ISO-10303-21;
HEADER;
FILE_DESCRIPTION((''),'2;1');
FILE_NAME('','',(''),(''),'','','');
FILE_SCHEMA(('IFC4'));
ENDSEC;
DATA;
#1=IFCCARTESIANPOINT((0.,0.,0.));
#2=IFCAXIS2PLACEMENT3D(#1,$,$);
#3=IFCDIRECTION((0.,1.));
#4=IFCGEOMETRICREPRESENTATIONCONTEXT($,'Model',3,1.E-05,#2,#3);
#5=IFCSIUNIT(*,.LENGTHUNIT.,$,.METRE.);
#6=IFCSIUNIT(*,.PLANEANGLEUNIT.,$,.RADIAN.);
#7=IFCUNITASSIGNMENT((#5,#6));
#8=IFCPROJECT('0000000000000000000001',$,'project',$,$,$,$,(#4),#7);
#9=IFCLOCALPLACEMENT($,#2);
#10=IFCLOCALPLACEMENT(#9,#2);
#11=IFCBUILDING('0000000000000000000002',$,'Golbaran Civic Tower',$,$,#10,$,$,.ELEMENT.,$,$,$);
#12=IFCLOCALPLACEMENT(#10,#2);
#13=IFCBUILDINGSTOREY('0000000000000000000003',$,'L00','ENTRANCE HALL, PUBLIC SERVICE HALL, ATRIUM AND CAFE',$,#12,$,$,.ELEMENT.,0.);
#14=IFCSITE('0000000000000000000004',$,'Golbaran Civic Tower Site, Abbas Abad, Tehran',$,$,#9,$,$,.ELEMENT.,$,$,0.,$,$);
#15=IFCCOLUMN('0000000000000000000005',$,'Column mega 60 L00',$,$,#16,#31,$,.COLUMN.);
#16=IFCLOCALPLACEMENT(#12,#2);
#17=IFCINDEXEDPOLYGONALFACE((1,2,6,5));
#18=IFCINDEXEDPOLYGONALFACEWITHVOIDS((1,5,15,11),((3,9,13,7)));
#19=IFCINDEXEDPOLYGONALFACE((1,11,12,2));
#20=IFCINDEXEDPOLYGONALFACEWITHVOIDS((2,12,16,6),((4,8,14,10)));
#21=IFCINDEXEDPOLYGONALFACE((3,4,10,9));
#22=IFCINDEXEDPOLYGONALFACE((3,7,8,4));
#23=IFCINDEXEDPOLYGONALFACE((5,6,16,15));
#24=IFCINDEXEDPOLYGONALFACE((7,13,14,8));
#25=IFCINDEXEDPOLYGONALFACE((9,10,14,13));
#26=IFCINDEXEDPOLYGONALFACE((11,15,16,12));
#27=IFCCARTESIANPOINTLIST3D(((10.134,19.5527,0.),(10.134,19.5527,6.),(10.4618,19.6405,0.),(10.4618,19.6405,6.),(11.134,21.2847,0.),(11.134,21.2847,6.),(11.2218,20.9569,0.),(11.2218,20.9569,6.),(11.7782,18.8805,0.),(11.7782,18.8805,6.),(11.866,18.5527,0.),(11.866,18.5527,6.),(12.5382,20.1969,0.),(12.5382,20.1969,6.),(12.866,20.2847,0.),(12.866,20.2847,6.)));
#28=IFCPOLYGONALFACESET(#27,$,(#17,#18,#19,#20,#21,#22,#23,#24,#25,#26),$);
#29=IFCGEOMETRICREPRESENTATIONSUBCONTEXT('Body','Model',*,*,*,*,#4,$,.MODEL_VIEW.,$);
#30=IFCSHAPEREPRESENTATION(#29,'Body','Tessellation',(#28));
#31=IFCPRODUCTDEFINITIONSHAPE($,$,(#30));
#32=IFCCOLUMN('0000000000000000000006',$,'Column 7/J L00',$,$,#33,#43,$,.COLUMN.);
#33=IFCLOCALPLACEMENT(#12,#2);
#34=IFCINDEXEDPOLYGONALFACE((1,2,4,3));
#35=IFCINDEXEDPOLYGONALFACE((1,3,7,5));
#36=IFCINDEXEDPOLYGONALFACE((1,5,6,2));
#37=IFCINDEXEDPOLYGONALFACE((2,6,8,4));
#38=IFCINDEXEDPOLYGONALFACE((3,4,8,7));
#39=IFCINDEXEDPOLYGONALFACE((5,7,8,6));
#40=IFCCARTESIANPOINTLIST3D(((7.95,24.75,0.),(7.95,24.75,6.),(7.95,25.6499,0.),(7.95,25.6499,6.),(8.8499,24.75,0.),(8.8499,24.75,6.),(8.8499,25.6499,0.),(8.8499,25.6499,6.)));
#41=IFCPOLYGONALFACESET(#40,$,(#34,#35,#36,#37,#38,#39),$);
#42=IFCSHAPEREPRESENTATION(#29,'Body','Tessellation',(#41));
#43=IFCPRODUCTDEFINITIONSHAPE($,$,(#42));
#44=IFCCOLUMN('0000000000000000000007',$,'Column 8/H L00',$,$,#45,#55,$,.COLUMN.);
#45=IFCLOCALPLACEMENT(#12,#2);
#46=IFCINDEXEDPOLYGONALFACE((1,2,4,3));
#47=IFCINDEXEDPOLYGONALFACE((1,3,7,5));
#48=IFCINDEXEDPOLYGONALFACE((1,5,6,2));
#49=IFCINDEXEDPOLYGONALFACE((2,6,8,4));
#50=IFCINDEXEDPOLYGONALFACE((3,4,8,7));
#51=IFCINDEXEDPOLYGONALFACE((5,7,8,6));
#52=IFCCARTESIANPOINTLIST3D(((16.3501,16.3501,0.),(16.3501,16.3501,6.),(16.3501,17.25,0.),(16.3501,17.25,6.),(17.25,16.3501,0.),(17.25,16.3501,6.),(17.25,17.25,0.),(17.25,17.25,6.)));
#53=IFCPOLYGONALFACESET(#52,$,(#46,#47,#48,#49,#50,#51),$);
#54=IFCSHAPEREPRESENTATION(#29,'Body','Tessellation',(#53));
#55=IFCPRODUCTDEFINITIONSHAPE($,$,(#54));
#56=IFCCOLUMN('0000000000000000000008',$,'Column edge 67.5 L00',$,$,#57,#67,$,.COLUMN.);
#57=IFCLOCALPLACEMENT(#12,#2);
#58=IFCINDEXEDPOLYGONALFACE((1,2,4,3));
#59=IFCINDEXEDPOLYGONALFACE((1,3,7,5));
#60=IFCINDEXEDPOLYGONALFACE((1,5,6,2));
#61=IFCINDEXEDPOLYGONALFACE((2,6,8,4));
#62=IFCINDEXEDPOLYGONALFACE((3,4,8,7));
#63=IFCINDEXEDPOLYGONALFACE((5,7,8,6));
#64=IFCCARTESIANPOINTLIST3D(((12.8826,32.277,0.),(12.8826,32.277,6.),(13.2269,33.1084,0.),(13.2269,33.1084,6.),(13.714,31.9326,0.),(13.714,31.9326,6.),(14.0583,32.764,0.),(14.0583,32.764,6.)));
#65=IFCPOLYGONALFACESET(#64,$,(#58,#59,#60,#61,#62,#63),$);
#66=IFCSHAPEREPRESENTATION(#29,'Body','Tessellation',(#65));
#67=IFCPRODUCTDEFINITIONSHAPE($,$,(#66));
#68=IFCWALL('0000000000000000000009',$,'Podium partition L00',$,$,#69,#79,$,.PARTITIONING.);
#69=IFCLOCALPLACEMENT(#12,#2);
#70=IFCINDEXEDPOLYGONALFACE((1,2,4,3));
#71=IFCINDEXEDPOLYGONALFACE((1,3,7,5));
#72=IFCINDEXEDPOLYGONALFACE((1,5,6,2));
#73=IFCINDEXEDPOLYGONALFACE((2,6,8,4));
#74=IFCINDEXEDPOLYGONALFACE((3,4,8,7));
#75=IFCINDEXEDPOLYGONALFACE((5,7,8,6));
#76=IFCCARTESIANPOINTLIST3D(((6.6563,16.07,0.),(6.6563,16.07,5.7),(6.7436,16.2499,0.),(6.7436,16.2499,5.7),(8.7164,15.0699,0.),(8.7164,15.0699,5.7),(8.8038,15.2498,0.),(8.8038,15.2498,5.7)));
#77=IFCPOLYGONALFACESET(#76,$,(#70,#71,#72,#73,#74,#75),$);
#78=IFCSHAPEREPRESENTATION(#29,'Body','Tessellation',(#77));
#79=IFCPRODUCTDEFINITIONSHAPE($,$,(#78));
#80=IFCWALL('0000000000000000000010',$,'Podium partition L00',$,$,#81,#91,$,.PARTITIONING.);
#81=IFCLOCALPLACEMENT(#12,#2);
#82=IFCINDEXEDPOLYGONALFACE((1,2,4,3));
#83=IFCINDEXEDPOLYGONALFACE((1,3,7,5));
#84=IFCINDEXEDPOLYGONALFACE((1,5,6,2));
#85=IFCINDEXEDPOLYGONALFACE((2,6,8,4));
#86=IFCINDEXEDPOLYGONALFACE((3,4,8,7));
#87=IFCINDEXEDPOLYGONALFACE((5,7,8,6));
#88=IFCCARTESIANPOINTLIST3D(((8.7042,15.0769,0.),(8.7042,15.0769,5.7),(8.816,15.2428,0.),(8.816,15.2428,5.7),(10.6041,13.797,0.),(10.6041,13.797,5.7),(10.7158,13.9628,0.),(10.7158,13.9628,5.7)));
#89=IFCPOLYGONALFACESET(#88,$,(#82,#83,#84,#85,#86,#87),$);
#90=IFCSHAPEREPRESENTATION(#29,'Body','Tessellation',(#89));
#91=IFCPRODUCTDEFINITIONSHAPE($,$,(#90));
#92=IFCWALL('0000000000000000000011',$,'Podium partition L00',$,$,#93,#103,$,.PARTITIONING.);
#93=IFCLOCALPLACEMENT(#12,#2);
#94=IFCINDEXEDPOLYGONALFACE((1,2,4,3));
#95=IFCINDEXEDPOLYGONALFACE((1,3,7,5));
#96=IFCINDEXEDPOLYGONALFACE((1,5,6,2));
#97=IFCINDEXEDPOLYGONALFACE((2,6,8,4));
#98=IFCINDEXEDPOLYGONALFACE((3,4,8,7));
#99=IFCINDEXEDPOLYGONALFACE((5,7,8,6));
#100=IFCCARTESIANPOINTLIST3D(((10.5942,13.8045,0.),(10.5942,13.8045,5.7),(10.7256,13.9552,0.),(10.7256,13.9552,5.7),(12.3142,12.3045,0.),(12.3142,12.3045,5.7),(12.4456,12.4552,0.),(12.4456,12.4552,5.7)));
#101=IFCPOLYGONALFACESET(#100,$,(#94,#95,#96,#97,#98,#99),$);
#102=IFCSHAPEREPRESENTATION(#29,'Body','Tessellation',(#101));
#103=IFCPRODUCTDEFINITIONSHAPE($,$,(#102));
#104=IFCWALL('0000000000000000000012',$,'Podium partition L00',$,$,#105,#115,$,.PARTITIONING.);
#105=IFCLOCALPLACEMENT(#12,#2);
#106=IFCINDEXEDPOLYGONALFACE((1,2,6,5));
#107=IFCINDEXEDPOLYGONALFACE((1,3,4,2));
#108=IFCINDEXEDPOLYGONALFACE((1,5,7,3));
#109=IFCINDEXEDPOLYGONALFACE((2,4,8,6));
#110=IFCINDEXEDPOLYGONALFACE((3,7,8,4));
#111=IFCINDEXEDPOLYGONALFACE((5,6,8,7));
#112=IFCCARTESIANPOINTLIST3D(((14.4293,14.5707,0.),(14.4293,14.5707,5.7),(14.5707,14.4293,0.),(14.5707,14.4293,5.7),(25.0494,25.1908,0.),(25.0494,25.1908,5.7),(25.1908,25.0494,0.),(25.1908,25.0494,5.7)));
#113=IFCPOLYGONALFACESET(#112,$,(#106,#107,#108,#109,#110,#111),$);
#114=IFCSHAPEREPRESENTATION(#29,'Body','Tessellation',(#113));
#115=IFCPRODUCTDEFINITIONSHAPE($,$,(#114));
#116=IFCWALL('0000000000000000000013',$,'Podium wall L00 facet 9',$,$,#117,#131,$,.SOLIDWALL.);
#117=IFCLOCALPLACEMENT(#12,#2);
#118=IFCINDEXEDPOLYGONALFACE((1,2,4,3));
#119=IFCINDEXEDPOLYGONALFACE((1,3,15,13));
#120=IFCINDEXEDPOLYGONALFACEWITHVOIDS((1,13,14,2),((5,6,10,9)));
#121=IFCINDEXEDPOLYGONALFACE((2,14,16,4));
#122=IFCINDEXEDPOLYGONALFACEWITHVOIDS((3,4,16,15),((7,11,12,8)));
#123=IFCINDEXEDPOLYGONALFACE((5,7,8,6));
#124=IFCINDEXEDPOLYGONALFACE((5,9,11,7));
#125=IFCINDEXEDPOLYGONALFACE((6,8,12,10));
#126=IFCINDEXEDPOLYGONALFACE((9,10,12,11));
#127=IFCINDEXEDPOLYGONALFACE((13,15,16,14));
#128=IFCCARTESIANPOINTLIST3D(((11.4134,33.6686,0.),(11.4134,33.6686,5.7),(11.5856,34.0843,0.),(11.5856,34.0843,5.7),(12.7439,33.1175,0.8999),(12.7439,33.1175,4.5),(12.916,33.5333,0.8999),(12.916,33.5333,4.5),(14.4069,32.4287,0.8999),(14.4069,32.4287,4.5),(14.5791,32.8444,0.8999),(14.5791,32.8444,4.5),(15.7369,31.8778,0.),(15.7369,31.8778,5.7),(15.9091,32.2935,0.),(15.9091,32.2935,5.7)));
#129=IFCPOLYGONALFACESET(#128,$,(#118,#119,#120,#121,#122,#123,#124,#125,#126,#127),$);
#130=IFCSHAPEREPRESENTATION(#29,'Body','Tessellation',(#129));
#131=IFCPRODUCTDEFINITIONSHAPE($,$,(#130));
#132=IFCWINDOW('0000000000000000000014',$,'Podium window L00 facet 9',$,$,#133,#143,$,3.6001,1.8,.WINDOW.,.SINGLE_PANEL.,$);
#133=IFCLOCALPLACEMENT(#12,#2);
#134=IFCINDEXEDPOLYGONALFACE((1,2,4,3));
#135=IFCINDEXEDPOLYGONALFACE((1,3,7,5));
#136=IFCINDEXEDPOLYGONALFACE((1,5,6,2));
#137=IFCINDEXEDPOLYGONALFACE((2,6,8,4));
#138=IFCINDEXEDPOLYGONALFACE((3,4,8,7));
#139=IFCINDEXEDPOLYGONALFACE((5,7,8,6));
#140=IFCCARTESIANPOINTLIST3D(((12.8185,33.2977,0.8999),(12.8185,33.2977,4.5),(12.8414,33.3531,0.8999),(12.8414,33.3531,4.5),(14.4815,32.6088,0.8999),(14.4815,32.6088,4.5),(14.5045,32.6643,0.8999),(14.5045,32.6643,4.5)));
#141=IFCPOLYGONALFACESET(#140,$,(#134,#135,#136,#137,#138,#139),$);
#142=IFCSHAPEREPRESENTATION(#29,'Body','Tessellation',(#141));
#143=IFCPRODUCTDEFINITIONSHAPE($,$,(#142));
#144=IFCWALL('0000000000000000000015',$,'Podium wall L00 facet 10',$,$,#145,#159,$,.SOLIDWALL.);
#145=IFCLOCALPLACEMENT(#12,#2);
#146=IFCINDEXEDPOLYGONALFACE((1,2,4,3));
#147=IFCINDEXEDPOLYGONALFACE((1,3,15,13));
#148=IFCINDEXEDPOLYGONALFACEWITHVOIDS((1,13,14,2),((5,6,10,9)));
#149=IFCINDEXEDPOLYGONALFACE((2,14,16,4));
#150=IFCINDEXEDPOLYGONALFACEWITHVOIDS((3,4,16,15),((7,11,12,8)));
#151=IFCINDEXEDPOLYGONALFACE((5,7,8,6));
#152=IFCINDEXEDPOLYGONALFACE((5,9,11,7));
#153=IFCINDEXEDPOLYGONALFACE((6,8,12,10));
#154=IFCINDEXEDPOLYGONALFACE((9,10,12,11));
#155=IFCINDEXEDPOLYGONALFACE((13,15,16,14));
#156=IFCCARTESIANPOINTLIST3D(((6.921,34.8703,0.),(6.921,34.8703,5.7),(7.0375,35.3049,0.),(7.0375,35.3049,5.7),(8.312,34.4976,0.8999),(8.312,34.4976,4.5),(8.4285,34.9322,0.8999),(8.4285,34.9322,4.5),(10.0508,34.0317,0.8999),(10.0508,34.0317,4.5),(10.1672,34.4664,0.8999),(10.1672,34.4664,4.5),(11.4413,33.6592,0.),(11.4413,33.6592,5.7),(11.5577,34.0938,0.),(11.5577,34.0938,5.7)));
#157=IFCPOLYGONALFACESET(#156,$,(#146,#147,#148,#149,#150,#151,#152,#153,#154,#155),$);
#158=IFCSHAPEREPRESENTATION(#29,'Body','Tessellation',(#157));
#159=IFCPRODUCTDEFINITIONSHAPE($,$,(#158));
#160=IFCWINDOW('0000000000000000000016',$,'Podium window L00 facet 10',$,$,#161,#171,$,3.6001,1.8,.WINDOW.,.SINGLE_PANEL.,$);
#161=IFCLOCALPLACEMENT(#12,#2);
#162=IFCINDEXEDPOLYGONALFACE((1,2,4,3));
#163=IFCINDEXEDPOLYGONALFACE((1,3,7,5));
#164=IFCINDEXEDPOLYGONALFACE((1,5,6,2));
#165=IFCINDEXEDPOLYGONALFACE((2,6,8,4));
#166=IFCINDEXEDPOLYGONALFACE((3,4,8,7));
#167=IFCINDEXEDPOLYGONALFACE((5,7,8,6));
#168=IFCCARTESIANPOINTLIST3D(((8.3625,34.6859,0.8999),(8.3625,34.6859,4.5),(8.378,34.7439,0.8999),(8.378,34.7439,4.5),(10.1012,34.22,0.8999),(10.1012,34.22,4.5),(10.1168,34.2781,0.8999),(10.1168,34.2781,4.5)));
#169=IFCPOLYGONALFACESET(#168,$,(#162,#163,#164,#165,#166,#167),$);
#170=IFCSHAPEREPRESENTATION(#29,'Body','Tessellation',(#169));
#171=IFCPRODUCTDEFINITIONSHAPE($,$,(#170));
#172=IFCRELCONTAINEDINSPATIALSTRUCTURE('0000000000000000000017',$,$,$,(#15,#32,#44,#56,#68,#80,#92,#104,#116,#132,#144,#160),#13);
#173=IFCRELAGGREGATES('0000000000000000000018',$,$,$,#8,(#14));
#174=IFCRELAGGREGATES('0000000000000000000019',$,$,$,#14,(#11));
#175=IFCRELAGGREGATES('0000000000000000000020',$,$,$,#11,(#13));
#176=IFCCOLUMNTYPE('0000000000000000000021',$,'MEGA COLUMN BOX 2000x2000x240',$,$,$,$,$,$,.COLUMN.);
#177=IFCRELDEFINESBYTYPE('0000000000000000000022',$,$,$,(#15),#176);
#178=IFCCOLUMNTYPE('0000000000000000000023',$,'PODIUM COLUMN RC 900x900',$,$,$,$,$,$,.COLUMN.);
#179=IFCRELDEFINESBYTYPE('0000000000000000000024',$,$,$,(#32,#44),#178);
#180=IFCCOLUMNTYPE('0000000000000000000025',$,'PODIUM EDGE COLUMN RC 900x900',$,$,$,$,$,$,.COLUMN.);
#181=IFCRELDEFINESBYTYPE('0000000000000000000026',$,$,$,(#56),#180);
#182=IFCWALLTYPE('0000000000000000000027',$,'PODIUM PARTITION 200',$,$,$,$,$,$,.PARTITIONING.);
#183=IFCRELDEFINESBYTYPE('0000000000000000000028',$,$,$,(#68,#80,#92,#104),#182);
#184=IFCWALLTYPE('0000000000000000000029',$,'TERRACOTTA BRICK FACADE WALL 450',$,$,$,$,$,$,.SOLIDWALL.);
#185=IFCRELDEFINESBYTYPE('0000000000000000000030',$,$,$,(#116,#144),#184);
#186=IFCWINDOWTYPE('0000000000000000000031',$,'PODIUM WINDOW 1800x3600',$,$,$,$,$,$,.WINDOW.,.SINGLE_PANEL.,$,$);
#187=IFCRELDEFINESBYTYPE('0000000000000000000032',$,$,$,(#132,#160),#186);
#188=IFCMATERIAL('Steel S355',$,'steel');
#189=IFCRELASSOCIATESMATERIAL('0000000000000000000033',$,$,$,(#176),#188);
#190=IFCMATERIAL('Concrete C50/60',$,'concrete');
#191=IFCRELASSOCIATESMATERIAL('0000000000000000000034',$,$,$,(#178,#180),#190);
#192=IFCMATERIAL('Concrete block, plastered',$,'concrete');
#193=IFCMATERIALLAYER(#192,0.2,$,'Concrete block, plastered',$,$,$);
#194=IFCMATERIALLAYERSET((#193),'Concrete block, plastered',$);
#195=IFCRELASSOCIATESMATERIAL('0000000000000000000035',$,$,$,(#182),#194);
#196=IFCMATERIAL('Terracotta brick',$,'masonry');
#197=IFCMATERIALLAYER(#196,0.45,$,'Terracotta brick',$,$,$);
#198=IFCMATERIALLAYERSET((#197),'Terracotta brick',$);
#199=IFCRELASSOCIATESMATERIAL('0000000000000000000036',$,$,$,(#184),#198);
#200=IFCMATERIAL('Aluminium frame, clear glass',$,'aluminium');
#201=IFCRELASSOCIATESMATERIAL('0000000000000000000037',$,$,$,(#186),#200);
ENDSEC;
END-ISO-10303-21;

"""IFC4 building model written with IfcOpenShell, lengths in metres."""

from ifc_helpers import new_model, si_unit, direction, frame, frame_2d, origin, origin_2d, place, context, subcontext, project, spatial, rectangle, hollow_rectangle, extrude, material, layer, layer_set, material_profile, profile_set, type_object, element, fill, save


model = new_model("IFC4")

# Units and contexts
model_context = context("Model", 3, precision=1e-05, world=origin(), true_north=direction((0.0, 1.0)))
body_context = subcontext(model_context, "Body", "Model", "MODEL_VIEW")
ifc_project = project(units=[si_unit("LENGTHUNIT", "METRE"), si_unit("PLANEANGLEUNIT", "RADIAN")], contexts=[model_context])

# Site, building, storey
site_placement = place(None, origin())
site = spatial("IfcSite", under=ifc_project, at=site_placement, Name="Golbaran Civic Tower Site, Abbas Abad, Tehran", CompositionType="ELEMENT", RefElevation=0.0)
building_placement = place(site_placement, origin())
building = spatial("IfcBuilding", under=site, at=building_placement, Name="Golbaran Civic Tower", CompositionType="ELEMENT")
storey_placement = place(building_placement, origin())
storey = spatial("IfcBuildingStorey", under=building, at=storey_placement, Name="L00", Description="ENTRANCE HALL, PUBLIC SERVICE HALL, ATRIUM AND CAFE", CompositionType="ELEMENT", Elevation=0.0)

# Columns
ifc_material_1 = material(Name="Steel S355", Category="steel")
ifc_material_profile_1 = material_profile(ifc_material_1, hollow_rectangle(XDim=2.0, YDim=2.0, WallThickness=0.24, at=origin_2d()), Name="BOX 2000x2000x240")
ifc_profile_set_1 = profile_set([ifc_material_profile_1], Name="Steel S355")
column_type_1 = type_object("IfcColumnType", Name="MEGA COLUMN BOX 2000x2000x240", PredefinedType="COLUMN", material=ifc_profile_set_1)
column_1_placement = place(storey_placement, frame((11.5, 19.9187, 0.0), z_axis=(0.0, 0.0, 1.0), x_axis=(0.5, 0.866025, 0.0)))
element("IfcColumn", 1, at=column_1_placement, inside=storey, type_object=column_type_1, Name="Column mega 60 L00", PredefinedType="COLUMN", context=body_context, shape_type="SweptSolid", body=[
    extrude(hollow_rectangle(XDim=2.0, YDim=2.0, WallThickness=0.24, at=origin_2d()), origin(), (0.0, 0.0, 1.0), 6.0),
])
ifc_material_2 = material(Name="Concrete C50/60", Category="concrete")
ifc_material_profile_2 = material_profile(ifc_material_2, rectangle(XDim=0.8999, YDim=0.8999, at=origin_2d()), Name="RC 900x900")
ifc_profile_set_2 = profile_set([ifc_material_profile_2], Name="Concrete C50/60")
column_type_2 = type_object("IfcColumnType", Name="PODIUM COLUMN RC 900x900", PredefinedType="COLUMN", material=ifc_profile_set_2)
for number, where, z_axis, x_axis, name in (
    (2, (8.3999, 25.2, 0.0), (0.0, 0.0, 1.0), (1.0, 0.0, 0.0), "Column 7/J L00"),
    (3, (16.8, 16.8, 0.0), (0.0, 0.0, 1.0), (1.0, 0.0, 0.0), "Column 8/H L00"),
):
    element("IfcColumn", number, at=place(storey_placement, frame(where, z_axis=z_axis, x_axis=x_axis)), inside=storey, type_object=column_type_2, Name=name, PredefinedType="COLUMN", context=body_context, shape_type="SweptSolid", body=[
        extrude(rectangle(XDim=0.8999, YDim=0.8999, at=origin_2d()), origin(), (0.0, 0.0, 1.0), 6.0),
    ])
ifc_material_profile_3 = material_profile(ifc_material_2, rectangle(XDim=0.8999, YDim=0.8999, at=origin_2d()), Name="RC 900x900")
ifc_profile_set_3 = profile_set([ifc_material_profile_3], Name="Concrete C50/60")
column_type_3 = type_object("IfcColumnType", Name="PODIUM EDGE COLUMN RC 900x900", PredefinedType="COLUMN", material=ifc_profile_set_3)
column_2_placement = place(storey_placement, frame((13.4705, 32.5205, 0.0), z_axis=(0.0, 0.0, 1.0), x_axis=(0.382683, 0.92388, 0.0)))
element("IfcColumn", 4, at=column_2_placement, inside=storey, type_object=column_type_3, Name="Column edge 67.5 L00", PredefinedType="COLUMN", context=body_context, shape_type="SweptSolid", body=[
    extrude(rectangle(XDim=0.8999, YDim=0.8999, at=origin_2d()), origin(), (0.0, 0.0, 1.0), 6.0),
])

# Walls
ifc_material_3 = material(Name="Concrete block, plastered", Category="concrete")
ifc_layer_1 = layer(ifc_material_3, 0.2, Name="Concrete block, plastered")
ifc_layer_set_1 = layer_set([ifc_layer_1], Name="Concrete block, plastered")
wall_type_1 = type_object("IfcWallType", Name="PODIUM PARTITION 200", PredefinedType="PARTITIONING", material=ifc_layer_set_1)
wall_1_placement = place(storey_placement, frame((6.7, 16.1599, 0.0), z_axis=(0.0, 0.0, 1.0), x_axis=(0.899611, -0.436692, 0.0)))
element("IfcWall", 5, at=wall_1_placement, inside=storey, type_object=wall_type_1, Name="Podium partition L00", PredefinedType="PARTITIONING", context=body_context, shape_type="SweptSolid", body=[
    extrude(rectangle(XDim=2.29, YDim=0.2, at=frame_2d((1.145, 0.0))), origin(), (0.0, 0.0, 1.0), 5.7),
])
wall_2_placement = place(storey_placement, frame((8.76, 15.1599, 0.0), z_axis=(0.0, 0.0, 1.0), x_axis=(0.829335, -0.558751, 0.0)))
element("IfcWall", 6, at=wall_2_placement, inside=storey, type_object=wall_type_1, Name="Podium partition L00", PredefinedType="PARTITIONING", context=body_context, shape_type="SweptSolid", body=[
    extrude(rectangle(XDim=2.2908, YDim=0.2, at=frame_2d((1.1455, 0.0))), origin(), (0.0, 0.0, 1.0), 5.7),
])
wall_3_placement = place(storey_placement, frame((10.6599, 13.8799, 0.0), z_axis=(0.0, 0.0, 1.0), x_axis=(0.753656, -0.657269, 0.0)))
element("IfcWall", 7, at=wall_3_placement, inside=storey, type_object=wall_type_1, Name="Podium partition L00", PredefinedType="PARTITIONING", context=body_context, shape_type="SweptSolid", body=[
    extrude(rectangle(XDim=2.2822, YDim=0.2, at=frame_2d((1.1411, 0.0))), origin(), (0.0, 0.0, 1.0), 5.7),
])

# Wall
wall_4_placement = place(storey_placement, frame((14.5, 14.5, 0.0), z_axis=(0.0, 0.0, 1.0), x_axis=(0.707107, 0.707107, 0.0)))
element("IfcWall", 8, at=wall_4_placement, inside=storey, type_object=wall_type_1, Name="Podium partition L00", PredefinedType="PARTITIONING", context=body_context, shape_type="SweptSolid", body=[
    extrude(rectangle(XDim=15.019, YDim=0.2, at=frame_2d((7.5095, 0.0))), origin(), (0.0, 0.0, 1.0), 5.7),
])

# Walls, openings, windows
ifc_material_4 = material(Name="Terracotta brick", Category="masonry")
ifc_layer_2 = layer(ifc_material_4, 0.45, Name="Terracotta brick")
ifc_layer_set_2 = layer_set([ifc_layer_2], Name="Terracotta brick")
wall_type_2 = type_object("IfcWallType", Name="TERRACOTTA BRICK FACADE WALL 450", PredefinedType="SOLIDWALL", material=ifc_layer_set_2)
wall_5_placement = place(storey_placement, frame((15.823, 32.0857, 0.0), z_axis=(0.0, 0.0, 1.0), x_axis=(-0.923885, 0.38267, 0.0)))
wall_5 = element("IfcWall", 9, at=wall_5_placement, inside=storey, type_object=wall_type_2, Name="Podium wall L00 facet 9", PredefinedType="SOLIDWALL", context=body_context, shape_type="SweptSolid", body=[
    extrude(rectangle(XDim=4.6797, YDim=0.45, at=frame_2d((2.3398, 0.0))), origin(), (0.0, 0.0, 1.0), 5.7),
])
opening_1_placement = place(wall_5_placement, frame((1.4397, 0.0, 0.8999)))
opening_1 = element("IfcOpeningElement", 10, at=opening_1_placement, cuts=wall_5, PredefinedType="OPENING", context=body_context, shape_type="SweptSolid", body=[
    extrude(rectangle(XDim=1.8, YDim=3.6001, at=frame_2d((0.8999, 1.8))), frame((0.0, 0.2349, 0.0), z_axis=(0.0, -1.0, 0.0), x_axis=(1.0, 0.0, 0.0)), (0.0, 0.0, 1.0), 0.47),
])
ifc_material_5 = material(Name="Aluminium frame, clear glass", Category="aluminium")
window_type = type_object("IfcWindowType", Name="PODIUM WINDOW 1800x3600", PartitioningType="SINGLE_PANEL", PredefinedType="WINDOW", material=ifc_material_5)
window_1_placement = place(opening_1_placement, origin())
window_1 = element("IfcWindow", 11, at=window_1_placement, inside=storey, type_object=window_type, Name="Podium window L00 facet 9", OverallHeight=3.6001, OverallWidth=1.8, PartitioningType="SINGLE_PANEL", PredefinedType="WINDOW", context=body_context, shape_type="SweptSolid", body=[
    extrude(rectangle(XDim=1.8, YDim=3.6001, at=frame_2d((0.8999, 1.8))), frame((0.0, 0.03, 0.0), z_axis=(0.0, -1.0, 0.0), x_axis=(1.0, 0.0, 0.0)), (0.0, 0.0, 1.0), 0.0601),
])
fill(opening_1, window_1)
wall_6_placement = place(storey_placement, frame((11.4995, 33.8765, 0.0), z_axis=(0.0, 0.0, 1.0), x_axis=(-0.965927, 0.258815, 0.0)))
wall_6 = element("IfcWall", 12, at=wall_6_placement, inside=storey, type_object=wall_type_2, Name="Podium wall L00 facet 10", PredefinedType="SOLIDWALL", context=body_context, shape_type="SweptSolid", body=[
    extrude(rectangle(XDim=4.6797, YDim=0.45, at=frame_2d((2.3398, 0.0))), origin(), (0.0, 0.0, 1.0), 5.7),
])
opening_2_placement = place(wall_6_placement, frame((1.4397, 0.0, 0.8999)))
opening_2 = element("IfcOpeningElement", 13, at=opening_2_placement, cuts=wall_6, PredefinedType="OPENING", context=body_context, shape_type="SweptSolid", body=[
    extrude(rectangle(XDim=1.8, YDim=3.6001, at=frame_2d((0.8999, 1.8))), frame((0.0, 0.2349, 0.0), z_axis=(0.0, -1.0, 0.0), x_axis=(1.0, 0.0, 0.0)), (0.0, 0.0, 1.0), 0.47),
])
window_2_placement = place(opening_2_placement, origin())
window_2 = element("IfcWindow", 14, at=window_2_placement, inside=storey, type_object=window_type, Name="Podium window L00 facet 10", OverallHeight=3.6001, OverallWidth=1.8, PartitioningType="SINGLE_PANEL", PredefinedType="WINDOW", context=body_context, shape_type="SweptSolid", body=[
    extrude(rectangle(XDim=1.8, YDim=3.6001, at=frame_2d((0.8999, 1.8))), frame((0.0, 0.03, 0.0), z_axis=(0.0, -1.0, 0.0), x_axis=(1.0, 0.0, 0.0)), (0.0, 0.0, 1.0), 0.0601),
])
fill(opening_2, window_2)

save(model, "model.ifc")
